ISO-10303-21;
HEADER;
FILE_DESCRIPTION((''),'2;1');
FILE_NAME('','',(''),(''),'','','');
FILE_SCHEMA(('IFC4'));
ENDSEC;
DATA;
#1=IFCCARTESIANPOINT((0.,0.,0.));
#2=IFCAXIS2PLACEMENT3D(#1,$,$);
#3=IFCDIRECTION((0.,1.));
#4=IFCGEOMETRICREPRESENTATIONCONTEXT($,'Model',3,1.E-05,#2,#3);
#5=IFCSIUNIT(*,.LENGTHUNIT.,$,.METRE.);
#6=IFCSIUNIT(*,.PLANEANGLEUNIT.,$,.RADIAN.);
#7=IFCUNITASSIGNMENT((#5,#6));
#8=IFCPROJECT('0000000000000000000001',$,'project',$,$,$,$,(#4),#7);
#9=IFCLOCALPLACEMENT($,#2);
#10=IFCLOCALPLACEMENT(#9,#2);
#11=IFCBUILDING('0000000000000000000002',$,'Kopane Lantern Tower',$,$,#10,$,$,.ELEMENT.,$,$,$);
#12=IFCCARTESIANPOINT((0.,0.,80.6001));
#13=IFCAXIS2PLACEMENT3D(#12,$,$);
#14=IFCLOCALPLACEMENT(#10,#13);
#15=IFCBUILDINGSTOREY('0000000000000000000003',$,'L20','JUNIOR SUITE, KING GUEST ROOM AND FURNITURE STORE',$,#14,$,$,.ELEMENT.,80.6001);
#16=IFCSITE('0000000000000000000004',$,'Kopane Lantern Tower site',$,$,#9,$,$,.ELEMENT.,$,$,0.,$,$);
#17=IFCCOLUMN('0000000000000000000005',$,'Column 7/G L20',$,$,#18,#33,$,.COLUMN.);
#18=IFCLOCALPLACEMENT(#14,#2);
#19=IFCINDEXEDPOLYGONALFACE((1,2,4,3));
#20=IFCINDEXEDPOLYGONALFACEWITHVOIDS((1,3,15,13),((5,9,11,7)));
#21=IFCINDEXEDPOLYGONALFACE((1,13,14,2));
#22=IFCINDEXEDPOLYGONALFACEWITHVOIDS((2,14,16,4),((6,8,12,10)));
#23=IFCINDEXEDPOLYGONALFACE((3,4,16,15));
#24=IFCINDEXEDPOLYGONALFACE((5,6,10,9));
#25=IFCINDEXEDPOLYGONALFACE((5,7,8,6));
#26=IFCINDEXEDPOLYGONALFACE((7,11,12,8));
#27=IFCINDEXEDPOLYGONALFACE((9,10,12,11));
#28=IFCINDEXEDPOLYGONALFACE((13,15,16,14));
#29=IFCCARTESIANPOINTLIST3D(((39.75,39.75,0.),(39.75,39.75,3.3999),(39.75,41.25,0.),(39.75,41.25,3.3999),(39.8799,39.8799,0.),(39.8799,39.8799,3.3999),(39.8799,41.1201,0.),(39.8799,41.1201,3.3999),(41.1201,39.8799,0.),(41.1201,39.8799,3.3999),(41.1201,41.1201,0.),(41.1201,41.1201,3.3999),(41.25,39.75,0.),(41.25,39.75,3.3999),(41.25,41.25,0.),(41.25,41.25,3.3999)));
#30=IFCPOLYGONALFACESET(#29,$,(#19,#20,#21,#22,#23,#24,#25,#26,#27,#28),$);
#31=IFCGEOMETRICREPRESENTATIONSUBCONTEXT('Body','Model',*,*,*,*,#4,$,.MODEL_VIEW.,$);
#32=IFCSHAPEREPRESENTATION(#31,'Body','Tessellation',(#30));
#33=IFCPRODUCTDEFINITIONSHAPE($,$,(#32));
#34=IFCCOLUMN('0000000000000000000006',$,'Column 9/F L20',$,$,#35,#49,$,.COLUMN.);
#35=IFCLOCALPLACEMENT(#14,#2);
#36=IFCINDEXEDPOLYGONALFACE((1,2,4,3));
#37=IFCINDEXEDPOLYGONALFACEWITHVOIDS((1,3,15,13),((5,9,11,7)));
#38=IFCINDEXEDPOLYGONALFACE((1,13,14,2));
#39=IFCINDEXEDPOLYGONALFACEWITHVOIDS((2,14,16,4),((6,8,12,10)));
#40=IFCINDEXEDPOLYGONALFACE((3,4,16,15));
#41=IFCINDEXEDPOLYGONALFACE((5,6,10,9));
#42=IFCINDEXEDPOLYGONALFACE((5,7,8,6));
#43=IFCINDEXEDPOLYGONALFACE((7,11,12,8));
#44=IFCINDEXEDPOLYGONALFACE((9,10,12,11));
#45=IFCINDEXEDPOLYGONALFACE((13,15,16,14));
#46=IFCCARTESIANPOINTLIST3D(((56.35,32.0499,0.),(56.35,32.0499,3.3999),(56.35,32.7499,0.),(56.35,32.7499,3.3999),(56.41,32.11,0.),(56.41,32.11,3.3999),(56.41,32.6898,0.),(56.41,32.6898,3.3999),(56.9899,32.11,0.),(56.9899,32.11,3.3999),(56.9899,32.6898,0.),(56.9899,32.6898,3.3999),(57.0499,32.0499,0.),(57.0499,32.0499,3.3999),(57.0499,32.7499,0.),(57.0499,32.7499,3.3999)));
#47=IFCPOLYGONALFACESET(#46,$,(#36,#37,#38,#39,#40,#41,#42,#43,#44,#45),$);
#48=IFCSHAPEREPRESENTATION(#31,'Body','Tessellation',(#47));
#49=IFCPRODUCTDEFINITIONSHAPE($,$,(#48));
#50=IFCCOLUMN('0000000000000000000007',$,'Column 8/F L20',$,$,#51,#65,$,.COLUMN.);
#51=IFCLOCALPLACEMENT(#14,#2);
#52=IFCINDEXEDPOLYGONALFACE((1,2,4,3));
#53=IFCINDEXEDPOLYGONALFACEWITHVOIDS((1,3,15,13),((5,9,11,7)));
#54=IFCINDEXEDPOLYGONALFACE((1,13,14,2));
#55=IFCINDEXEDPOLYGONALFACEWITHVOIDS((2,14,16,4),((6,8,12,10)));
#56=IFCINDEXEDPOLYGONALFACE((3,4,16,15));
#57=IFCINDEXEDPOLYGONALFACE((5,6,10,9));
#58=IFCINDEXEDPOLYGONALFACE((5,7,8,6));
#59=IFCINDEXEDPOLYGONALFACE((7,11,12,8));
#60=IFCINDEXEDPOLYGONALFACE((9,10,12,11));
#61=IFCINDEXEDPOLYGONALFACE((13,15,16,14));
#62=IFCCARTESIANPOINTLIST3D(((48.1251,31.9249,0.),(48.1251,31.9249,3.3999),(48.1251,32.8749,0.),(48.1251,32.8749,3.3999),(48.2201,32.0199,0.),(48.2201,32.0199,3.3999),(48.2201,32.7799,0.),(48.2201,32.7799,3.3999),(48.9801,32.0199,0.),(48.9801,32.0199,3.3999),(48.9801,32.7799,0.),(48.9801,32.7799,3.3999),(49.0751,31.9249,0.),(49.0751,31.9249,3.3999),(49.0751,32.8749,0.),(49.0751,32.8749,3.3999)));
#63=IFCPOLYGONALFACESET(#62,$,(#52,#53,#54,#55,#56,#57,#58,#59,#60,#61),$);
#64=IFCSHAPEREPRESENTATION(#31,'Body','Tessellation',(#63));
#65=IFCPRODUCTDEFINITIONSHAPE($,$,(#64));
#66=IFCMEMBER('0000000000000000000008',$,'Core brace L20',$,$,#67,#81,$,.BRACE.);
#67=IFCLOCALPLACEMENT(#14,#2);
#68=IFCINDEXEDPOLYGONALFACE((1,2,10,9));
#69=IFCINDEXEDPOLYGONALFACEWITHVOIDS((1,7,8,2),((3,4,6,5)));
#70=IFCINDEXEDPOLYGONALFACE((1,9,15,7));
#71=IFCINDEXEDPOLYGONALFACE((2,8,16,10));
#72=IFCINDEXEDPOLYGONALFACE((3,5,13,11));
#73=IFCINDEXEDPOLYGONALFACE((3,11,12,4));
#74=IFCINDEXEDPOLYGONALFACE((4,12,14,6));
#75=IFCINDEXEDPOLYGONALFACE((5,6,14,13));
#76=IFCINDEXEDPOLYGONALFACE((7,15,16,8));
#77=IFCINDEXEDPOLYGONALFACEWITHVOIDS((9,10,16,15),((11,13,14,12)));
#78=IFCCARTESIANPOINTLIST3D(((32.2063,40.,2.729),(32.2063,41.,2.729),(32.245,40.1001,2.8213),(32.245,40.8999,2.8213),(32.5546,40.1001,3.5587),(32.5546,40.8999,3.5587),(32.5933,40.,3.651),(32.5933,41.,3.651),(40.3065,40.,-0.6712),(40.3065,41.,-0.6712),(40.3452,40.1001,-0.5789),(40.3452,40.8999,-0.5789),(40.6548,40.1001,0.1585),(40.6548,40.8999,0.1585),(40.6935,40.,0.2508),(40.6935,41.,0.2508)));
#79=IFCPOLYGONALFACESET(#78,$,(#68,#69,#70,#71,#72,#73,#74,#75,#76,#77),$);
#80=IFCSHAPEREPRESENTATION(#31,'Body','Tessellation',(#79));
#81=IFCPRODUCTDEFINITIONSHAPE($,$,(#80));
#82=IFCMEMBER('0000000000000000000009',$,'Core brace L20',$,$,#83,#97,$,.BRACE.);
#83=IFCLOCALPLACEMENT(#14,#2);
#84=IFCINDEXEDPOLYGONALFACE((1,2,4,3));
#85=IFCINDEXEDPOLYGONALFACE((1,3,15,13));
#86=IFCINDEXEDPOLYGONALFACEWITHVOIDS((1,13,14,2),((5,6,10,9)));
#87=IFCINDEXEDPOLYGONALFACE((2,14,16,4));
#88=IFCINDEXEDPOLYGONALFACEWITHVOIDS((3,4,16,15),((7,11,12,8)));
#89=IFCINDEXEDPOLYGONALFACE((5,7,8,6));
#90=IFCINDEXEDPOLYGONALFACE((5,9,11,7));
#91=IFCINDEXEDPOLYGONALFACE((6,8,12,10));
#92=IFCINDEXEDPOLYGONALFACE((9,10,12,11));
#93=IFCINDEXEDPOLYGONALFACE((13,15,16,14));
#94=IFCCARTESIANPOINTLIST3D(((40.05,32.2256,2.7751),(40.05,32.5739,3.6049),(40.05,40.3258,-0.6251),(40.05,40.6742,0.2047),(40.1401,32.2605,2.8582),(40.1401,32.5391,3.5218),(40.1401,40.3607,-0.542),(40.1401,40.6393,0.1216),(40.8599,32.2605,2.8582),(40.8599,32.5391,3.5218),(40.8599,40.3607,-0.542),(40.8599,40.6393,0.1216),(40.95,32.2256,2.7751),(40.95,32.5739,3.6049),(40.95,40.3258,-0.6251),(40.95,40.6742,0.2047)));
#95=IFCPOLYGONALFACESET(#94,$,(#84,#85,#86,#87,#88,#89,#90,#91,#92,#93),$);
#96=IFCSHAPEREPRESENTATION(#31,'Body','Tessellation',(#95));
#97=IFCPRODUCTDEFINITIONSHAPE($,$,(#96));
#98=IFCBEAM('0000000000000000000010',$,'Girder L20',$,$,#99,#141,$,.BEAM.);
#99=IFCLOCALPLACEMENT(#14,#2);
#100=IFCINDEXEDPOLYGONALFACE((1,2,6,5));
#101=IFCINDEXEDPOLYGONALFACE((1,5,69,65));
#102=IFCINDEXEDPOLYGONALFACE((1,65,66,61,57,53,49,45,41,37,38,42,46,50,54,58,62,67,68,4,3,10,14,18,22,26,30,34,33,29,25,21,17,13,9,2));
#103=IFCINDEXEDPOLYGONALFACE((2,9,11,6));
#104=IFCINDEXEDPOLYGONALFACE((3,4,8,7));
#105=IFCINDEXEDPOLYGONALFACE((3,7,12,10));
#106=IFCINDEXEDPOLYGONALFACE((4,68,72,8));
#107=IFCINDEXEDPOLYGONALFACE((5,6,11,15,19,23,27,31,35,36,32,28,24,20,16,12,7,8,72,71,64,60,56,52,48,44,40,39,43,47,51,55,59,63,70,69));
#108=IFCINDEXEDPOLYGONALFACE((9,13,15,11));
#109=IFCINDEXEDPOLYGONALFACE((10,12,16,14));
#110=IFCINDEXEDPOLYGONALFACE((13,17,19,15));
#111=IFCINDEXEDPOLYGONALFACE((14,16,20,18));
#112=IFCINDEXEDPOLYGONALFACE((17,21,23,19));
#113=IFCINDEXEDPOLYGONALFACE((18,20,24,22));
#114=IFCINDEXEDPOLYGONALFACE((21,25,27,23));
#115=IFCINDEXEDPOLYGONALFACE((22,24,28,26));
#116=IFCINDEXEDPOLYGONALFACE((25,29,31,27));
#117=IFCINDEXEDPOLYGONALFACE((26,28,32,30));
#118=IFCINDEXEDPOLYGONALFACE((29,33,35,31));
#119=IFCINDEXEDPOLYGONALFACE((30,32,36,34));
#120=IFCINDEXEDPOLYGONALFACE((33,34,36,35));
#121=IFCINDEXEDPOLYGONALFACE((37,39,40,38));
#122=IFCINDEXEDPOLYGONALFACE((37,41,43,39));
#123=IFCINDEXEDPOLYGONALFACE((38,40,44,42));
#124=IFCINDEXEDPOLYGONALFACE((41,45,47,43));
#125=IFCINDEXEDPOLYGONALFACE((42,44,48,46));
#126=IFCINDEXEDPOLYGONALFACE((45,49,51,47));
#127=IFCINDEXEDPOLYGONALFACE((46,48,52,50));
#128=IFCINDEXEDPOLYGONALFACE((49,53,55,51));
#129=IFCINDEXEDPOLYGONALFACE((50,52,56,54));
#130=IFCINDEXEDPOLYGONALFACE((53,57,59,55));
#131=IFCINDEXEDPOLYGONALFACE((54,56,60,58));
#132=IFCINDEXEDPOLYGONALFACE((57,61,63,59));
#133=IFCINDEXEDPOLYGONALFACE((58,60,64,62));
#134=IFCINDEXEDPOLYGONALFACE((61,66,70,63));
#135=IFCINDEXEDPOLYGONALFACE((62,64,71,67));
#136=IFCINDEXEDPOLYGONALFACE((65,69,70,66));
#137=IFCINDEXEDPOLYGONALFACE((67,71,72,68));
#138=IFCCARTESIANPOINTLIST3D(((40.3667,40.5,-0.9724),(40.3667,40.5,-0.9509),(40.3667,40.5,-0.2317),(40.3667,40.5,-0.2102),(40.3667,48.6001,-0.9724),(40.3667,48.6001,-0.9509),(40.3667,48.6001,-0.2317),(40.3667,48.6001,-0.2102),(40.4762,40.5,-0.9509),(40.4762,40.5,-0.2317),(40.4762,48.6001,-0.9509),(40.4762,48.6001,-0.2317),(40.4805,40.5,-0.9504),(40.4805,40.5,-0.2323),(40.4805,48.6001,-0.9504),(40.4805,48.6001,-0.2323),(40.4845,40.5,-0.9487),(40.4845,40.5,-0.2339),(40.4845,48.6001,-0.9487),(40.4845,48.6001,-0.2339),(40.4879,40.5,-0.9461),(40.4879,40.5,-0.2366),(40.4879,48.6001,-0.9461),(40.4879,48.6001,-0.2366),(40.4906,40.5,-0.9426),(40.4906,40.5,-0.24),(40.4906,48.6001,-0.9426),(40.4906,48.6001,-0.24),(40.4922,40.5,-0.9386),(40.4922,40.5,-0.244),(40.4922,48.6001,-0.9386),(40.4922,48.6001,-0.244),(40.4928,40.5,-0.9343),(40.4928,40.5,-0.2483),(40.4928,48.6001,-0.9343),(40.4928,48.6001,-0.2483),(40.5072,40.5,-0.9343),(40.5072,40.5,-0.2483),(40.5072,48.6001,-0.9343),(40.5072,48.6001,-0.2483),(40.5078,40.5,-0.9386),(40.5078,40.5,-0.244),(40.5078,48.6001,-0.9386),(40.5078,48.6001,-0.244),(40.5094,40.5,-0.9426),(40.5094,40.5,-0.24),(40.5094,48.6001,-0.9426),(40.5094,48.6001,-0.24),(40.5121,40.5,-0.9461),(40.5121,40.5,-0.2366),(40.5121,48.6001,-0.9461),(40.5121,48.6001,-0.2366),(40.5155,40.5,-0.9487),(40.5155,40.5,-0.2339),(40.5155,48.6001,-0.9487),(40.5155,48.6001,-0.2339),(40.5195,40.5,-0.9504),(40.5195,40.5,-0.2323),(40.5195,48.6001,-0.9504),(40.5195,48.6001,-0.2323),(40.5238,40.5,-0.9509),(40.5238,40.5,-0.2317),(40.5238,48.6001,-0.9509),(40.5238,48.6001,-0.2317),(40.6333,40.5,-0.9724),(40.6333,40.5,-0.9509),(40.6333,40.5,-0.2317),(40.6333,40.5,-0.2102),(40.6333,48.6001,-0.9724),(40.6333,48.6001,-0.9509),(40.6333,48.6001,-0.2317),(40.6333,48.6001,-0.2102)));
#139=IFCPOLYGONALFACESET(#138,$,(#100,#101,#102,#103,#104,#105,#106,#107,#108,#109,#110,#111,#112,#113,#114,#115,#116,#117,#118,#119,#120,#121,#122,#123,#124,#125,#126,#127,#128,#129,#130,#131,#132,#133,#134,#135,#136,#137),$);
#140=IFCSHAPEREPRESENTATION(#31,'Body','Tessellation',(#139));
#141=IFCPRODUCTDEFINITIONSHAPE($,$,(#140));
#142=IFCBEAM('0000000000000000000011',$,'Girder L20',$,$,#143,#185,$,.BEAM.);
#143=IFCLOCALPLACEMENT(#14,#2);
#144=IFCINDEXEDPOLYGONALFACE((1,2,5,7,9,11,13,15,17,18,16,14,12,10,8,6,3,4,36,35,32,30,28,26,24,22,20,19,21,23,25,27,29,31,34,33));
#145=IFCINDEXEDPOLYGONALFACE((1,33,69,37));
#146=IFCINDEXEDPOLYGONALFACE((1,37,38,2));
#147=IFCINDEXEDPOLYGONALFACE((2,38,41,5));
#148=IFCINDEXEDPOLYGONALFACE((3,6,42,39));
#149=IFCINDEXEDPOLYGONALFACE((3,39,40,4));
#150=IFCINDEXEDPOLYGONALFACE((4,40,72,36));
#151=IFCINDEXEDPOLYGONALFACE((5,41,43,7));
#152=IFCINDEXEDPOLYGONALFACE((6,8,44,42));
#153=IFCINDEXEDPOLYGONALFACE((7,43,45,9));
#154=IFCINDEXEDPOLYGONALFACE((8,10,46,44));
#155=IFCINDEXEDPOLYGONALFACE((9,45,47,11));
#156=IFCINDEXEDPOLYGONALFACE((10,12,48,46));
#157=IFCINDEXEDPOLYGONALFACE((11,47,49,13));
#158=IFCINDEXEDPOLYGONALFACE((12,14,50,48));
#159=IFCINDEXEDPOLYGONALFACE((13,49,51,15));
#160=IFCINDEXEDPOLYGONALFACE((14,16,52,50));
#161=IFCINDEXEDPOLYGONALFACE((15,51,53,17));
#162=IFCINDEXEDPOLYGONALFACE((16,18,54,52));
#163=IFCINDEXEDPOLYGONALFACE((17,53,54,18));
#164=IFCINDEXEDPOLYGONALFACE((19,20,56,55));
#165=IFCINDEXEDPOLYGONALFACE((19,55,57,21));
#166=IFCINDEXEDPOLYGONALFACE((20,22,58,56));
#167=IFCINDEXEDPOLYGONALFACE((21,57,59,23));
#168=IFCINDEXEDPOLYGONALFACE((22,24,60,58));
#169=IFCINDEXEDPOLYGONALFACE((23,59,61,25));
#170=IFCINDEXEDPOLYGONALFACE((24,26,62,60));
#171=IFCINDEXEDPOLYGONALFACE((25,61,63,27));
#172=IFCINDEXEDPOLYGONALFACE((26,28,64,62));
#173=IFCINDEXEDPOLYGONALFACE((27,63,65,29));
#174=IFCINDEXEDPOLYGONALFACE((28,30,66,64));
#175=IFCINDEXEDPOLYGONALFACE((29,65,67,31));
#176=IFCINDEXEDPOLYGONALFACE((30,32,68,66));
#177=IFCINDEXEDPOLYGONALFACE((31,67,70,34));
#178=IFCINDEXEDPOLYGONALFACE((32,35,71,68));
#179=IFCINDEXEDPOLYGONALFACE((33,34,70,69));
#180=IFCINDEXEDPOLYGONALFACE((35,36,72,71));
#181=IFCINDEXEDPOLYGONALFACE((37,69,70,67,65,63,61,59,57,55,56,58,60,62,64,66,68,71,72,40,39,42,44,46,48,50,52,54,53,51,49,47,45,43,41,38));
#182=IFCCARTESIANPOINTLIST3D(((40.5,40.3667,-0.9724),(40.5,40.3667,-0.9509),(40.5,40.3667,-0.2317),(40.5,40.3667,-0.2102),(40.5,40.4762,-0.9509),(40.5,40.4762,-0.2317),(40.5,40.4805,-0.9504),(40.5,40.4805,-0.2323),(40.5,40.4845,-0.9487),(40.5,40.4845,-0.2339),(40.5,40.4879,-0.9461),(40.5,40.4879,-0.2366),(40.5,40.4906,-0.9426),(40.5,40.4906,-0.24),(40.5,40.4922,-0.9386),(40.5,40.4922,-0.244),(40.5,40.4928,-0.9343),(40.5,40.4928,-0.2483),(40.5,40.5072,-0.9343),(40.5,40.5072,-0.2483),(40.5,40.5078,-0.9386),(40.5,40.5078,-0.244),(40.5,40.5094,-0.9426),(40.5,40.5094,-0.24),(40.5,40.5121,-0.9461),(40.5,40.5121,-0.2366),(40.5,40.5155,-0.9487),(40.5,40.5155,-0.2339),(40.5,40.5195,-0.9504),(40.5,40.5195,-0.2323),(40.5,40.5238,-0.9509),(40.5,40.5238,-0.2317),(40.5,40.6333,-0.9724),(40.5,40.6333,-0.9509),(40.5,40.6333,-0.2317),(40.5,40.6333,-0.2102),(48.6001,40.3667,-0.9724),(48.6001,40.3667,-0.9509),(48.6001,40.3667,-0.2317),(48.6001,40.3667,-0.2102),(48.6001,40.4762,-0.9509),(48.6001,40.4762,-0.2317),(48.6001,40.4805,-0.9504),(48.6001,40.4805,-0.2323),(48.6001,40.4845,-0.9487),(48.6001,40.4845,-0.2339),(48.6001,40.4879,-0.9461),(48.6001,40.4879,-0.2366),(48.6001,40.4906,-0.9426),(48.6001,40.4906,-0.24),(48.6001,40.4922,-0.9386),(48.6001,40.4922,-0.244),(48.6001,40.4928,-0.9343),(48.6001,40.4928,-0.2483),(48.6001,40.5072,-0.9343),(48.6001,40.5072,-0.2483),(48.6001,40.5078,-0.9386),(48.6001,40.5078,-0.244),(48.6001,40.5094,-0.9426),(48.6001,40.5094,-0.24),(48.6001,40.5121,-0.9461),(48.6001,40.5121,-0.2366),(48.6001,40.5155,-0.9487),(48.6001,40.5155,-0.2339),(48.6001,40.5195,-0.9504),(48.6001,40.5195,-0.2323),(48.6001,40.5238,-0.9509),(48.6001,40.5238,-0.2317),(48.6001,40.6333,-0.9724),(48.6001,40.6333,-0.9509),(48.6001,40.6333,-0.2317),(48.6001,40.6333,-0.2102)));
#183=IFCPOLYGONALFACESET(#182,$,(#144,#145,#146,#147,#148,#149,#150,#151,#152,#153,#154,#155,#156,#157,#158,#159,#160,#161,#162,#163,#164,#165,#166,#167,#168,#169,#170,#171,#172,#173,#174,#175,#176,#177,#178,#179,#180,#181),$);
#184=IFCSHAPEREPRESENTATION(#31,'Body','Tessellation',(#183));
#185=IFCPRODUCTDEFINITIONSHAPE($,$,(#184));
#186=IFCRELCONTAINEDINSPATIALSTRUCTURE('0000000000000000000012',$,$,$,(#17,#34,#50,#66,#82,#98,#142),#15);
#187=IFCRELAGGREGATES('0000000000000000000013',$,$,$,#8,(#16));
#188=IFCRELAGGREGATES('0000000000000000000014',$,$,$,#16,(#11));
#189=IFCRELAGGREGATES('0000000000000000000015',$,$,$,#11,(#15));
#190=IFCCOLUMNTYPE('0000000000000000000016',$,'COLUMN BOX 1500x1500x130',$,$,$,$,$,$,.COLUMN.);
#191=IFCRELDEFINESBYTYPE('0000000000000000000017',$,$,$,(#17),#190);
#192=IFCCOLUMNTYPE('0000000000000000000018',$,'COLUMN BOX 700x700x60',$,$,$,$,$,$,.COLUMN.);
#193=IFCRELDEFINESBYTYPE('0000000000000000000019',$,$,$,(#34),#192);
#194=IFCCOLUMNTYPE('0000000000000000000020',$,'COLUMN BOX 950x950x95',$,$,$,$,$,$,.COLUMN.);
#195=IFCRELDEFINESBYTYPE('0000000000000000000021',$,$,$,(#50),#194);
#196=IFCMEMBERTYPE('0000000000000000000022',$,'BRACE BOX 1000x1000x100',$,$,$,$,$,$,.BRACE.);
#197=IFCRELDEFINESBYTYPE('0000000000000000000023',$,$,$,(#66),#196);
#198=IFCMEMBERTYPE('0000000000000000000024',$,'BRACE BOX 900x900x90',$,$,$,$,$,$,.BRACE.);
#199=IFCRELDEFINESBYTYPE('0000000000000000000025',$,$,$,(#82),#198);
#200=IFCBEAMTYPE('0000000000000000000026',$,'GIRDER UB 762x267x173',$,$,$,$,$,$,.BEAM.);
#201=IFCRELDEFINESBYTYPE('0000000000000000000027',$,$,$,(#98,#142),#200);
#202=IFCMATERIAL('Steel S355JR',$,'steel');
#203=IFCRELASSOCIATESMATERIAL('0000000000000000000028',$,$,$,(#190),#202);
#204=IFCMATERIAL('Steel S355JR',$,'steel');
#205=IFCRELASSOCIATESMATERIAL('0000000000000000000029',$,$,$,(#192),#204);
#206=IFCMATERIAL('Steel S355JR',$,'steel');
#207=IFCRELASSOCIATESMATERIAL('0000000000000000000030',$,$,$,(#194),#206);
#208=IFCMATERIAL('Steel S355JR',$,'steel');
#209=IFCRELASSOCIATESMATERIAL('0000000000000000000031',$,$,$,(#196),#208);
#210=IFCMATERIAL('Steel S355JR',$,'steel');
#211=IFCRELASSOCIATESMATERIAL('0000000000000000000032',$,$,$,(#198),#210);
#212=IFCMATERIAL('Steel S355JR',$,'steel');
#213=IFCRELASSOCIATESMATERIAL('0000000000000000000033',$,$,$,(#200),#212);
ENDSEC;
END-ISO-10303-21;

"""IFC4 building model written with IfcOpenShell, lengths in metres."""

from ifc_helpers import new_model, si_unit, direction, frame, origin, origin_2d, place, context, subcontext, project, spatial, hollow_rectangle, i_section, extrude, material, material_profile, profile_set, type_object, element, save


model = new_model("IFC4")

# Units and contexts
model_context = context("Model", 3, precision=1e-05, world=origin(), true_north=direction((0.0, 1.0)))
body_context = subcontext(model_context, "Body", "Model", "MODEL_VIEW")
ifc_project = project(units=[si_unit("LENGTHUNIT", "METRE"), si_unit("PLANEANGLEUNIT", "RADIAN")], contexts=[model_context])

# Site, building, storey
site_placement = place(None, origin())
site = spatial("IfcSite", under=ifc_project, at=site_placement, Name="Kopane Lantern Tower site", CompositionType="ELEMENT", RefElevation=0.0)
building_placement = place(site_placement, origin())
building = spatial("IfcBuilding", under=site, at=building_placement, Name="Kopane Lantern Tower", CompositionType="ELEMENT")
storey_placement = place(building_placement, frame((0.0, 0.0, 80.6001)))
storey = spatial("IfcBuildingStorey", under=building, at=storey_placement, Name="L20", Description="JUNIOR SUITE, KING GUEST ROOM AND FURNITURE STORE", CompositionType="ELEMENT", Elevation=80.6001)

# Columns
ifc_material_1 = material(Name="Steel S355JR", Category="steel")
ifc_material_profile_1 = material_profile(ifc_material_1, hollow_rectangle(XDim=1.5, YDim=1.5, WallThickness=0.1299, at=origin_2d()), Name="BOX 1500x1500x130")
ifc_profile_set_1 = profile_set([ifc_material_profile_1], Name="Steel S355JR")
column_type_1 = type_object("IfcColumnType", Name="COLUMN BOX 1500x1500x130", PredefinedType="COLUMN", material=ifc_profile_set_1)
column_1_placement = place(storey_placement, frame((40.5, 40.5, 0.0), z_axis=(0.0, 0.0, 1.0), x_axis=(1.0, 0.0, 0.0)))
element("IfcColumn", 1, at=column_1_placement, inside=storey, type_object=column_type_1, Name="Column 7/G L20", PredefinedType="COLUMN", context=body_context, shape_type="SweptSolid", body=[
    extrude(hollow_rectangle(XDim=1.5, YDim=1.5, WallThickness=0.1299, at=origin_2d()), origin(), (0.0, 0.0, 1.0), 3.3999),
])
ifc_material_2 = material(Name="Steel S355JR", Category="steel")
ifc_material_profile_2 = material_profile(ifc_material_2, hollow_rectangle(XDim=0.7, YDim=0.7, WallThickness=0.0601, at=origin_2d()), Name="BOX 700x700x60")
ifc_profile_set_2 = profile_set([ifc_material_profile_2], Name="Steel S355JR")
column_type_2 = type_object("IfcColumnType", Name="COLUMN BOX 700x700x60", PredefinedType="COLUMN", material=ifc_profile_set_2)
column_2_placement = place(storey_placement, frame((56.7, 32.3999, 0.0), z_axis=(0.0, 0.0, 1.0), x_axis=(1.0, 0.0, 0.0)))
element("IfcColumn", 2, at=column_2_placement, inside=storey, type_object=column_type_2, Name="Column 9/F L20", PredefinedType="COLUMN", context=body_context, shape_type="SweptSolid", body=[
    extrude(hollow_rectangle(XDim=0.7, YDim=0.7, WallThickness=0.0601, at=origin_2d()), origin(), (0.0, 0.0, 1.0), 3.3999),
])
ifc_material_3 = material(Name="Steel S355JR", Category="steel")
ifc_material_profile_3 = material_profile(ifc_material_3, hollow_rectangle(XDim=0.95, YDim=0.95, WallThickness=0.095, at=origin_2d()), Name="BOX 950x950x95")
ifc_profile_set_3 = profile_set([ifc_material_profile_3], Name="Steel S355JR")
column_type_3 = type_object("IfcColumnType", Name="COLUMN BOX 950x950x95", PredefinedType="COLUMN", material=ifc_profile_set_3)
column_3_placement = place(storey_placement, frame((48.6001, 32.3999, 0.0), z_axis=(0.0, 0.0, 1.0), x_axis=(1.0, 0.0, 0.0)))
element("IfcColumn", 3, at=column_3_placement, inside=storey, type_object=column_type_3, Name="Column 8/F L20", PredefinedType="COLUMN", context=body_context, shape_type="SweptSolid", body=[
    extrude(hollow_rectangle(XDim=0.95, YDim=0.95, WallThickness=0.095, at=origin_2d()), origin(), (0.0, 0.0, 1.0), 3.3999),
])

# Members
ifc_material_4 = material(Name="Steel S355JR", Category="steel")
ifc_material_profile_4 = material_profile(ifc_material_4, hollow_rectangle(XDim=1.0, YDim=1.0, WallThickness=0.1001, at=origin_2d()), Name="BOX 1000x1000x100")
ifc_profile_set_4 = profile_set([ifc_material_profile_4], Name="Steel S355JR")
member_type_1 = type_object("IfcMemberType", Name="BRACE BOX 1000x1000x100", PredefinedType="BRACE", material=ifc_profile_set_4)
member_1_placement = place(storey_placement, frame((40.5, 40.5, -0.2102), z_axis=(-0.922059, 0.0, 0.387049), x_axis=(0.0, -1.0, 0.0)))
element("IfcMember", 4, at=member_1_placement, inside=storey, type_object=member_type_1, Name="Core brace L20", PredefinedType="BRACE", context=body_context, shape_type="SweptSolid", body=[
    extrude(hollow_rectangle(XDim=1.0, YDim=1.0, WallThickness=0.1001, at=origin_2d()), origin(), (0.0, 0.0, 1.0), 8.7849),
])
ifc_material_5 = material(Name="Steel S355JR", Category="steel")
ifc_material_profile_5 = material_profile(ifc_material_5, hollow_rectangle(XDim=0.8999, YDim=0.8999, WallThickness=0.0901, at=origin_2d()), Name="BOX 900x900x90")
ifc_profile_set_5 = profile_set([ifc_material_profile_5], Name="Steel S355JR")
member_type_2 = type_object("IfcMemberType", Name="BRACE BOX 900x900x90", PredefinedType="BRACE", material=ifc_profile_set_5)
member_2_placement = place(storey_placement, frame((40.5, 40.5, -0.2102), z_axis=(0.0, -0.922059, 0.387049), x_axis=(1.0, 0.0, 0.0)))
element("IfcMember", 5, at=member_2_placement, inside=storey, type_object=member_type_2, Name="Core brace L20", PredefinedType="BRACE", context=body_context, shape_type="SweptSolid", body=[
    extrude(hollow_rectangle(XDim=0.8999, YDim=0.8999, WallThickness=0.0901, at=origin_2d()), origin(), (0.0, 0.0, 1.0), 8.7849),
])

# Beams
ifc_material_6 = material(Name="Steel S355JR", Category="steel")
ifc_material_profile_6 = material_profile(ifc_material_6, i_section(OverallWidth=0.2666, OverallDepth=0.7622, WebThickness=0.0144, FlangeThickness=0.0215, FilletRadius=0.0166, at=origin_2d()), Name="UB 762x267x173")
ifc_profile_set_6 = profile_set([ifc_material_profile_6], Name="Steel S355JR")
beam_type = type_object("IfcBeamType", Name="GIRDER UB 762x267x173", PredefinedType="BEAM", material=ifc_profile_set_6)
for number, where, z_axis, x_axis, name in (
    (6, (40.5, 40.5, -0.5913), (0.0, 1.0, 0.0), (-1.0, 0.0, 0.0), "Girder L20"),
    (7, (40.5, 40.5, -0.5913), (1.0, 0.0, 0.0), (0.0, 1.0, 0.0), "Girder L20"),
):
    element("IfcBeam", number, at=place(storey_placement, frame(where, z_axis=z_axis, x_axis=x_axis)), inside=storey, type_object=beam_type, Name=name, PredefinedType="BEAM", context=body_context, shape_type="SweptSolid", body=[
        extrude(i_section(OverallWidth=0.2666, OverallDepth=0.7622, WebThickness=0.0144, FlangeThickness=0.0215, FilletRadius=0.0166, at=origin_2d()), origin(), (0.0, 0.0, 1.0), 8.1001),
    ])

save(model, "model.ifc")
